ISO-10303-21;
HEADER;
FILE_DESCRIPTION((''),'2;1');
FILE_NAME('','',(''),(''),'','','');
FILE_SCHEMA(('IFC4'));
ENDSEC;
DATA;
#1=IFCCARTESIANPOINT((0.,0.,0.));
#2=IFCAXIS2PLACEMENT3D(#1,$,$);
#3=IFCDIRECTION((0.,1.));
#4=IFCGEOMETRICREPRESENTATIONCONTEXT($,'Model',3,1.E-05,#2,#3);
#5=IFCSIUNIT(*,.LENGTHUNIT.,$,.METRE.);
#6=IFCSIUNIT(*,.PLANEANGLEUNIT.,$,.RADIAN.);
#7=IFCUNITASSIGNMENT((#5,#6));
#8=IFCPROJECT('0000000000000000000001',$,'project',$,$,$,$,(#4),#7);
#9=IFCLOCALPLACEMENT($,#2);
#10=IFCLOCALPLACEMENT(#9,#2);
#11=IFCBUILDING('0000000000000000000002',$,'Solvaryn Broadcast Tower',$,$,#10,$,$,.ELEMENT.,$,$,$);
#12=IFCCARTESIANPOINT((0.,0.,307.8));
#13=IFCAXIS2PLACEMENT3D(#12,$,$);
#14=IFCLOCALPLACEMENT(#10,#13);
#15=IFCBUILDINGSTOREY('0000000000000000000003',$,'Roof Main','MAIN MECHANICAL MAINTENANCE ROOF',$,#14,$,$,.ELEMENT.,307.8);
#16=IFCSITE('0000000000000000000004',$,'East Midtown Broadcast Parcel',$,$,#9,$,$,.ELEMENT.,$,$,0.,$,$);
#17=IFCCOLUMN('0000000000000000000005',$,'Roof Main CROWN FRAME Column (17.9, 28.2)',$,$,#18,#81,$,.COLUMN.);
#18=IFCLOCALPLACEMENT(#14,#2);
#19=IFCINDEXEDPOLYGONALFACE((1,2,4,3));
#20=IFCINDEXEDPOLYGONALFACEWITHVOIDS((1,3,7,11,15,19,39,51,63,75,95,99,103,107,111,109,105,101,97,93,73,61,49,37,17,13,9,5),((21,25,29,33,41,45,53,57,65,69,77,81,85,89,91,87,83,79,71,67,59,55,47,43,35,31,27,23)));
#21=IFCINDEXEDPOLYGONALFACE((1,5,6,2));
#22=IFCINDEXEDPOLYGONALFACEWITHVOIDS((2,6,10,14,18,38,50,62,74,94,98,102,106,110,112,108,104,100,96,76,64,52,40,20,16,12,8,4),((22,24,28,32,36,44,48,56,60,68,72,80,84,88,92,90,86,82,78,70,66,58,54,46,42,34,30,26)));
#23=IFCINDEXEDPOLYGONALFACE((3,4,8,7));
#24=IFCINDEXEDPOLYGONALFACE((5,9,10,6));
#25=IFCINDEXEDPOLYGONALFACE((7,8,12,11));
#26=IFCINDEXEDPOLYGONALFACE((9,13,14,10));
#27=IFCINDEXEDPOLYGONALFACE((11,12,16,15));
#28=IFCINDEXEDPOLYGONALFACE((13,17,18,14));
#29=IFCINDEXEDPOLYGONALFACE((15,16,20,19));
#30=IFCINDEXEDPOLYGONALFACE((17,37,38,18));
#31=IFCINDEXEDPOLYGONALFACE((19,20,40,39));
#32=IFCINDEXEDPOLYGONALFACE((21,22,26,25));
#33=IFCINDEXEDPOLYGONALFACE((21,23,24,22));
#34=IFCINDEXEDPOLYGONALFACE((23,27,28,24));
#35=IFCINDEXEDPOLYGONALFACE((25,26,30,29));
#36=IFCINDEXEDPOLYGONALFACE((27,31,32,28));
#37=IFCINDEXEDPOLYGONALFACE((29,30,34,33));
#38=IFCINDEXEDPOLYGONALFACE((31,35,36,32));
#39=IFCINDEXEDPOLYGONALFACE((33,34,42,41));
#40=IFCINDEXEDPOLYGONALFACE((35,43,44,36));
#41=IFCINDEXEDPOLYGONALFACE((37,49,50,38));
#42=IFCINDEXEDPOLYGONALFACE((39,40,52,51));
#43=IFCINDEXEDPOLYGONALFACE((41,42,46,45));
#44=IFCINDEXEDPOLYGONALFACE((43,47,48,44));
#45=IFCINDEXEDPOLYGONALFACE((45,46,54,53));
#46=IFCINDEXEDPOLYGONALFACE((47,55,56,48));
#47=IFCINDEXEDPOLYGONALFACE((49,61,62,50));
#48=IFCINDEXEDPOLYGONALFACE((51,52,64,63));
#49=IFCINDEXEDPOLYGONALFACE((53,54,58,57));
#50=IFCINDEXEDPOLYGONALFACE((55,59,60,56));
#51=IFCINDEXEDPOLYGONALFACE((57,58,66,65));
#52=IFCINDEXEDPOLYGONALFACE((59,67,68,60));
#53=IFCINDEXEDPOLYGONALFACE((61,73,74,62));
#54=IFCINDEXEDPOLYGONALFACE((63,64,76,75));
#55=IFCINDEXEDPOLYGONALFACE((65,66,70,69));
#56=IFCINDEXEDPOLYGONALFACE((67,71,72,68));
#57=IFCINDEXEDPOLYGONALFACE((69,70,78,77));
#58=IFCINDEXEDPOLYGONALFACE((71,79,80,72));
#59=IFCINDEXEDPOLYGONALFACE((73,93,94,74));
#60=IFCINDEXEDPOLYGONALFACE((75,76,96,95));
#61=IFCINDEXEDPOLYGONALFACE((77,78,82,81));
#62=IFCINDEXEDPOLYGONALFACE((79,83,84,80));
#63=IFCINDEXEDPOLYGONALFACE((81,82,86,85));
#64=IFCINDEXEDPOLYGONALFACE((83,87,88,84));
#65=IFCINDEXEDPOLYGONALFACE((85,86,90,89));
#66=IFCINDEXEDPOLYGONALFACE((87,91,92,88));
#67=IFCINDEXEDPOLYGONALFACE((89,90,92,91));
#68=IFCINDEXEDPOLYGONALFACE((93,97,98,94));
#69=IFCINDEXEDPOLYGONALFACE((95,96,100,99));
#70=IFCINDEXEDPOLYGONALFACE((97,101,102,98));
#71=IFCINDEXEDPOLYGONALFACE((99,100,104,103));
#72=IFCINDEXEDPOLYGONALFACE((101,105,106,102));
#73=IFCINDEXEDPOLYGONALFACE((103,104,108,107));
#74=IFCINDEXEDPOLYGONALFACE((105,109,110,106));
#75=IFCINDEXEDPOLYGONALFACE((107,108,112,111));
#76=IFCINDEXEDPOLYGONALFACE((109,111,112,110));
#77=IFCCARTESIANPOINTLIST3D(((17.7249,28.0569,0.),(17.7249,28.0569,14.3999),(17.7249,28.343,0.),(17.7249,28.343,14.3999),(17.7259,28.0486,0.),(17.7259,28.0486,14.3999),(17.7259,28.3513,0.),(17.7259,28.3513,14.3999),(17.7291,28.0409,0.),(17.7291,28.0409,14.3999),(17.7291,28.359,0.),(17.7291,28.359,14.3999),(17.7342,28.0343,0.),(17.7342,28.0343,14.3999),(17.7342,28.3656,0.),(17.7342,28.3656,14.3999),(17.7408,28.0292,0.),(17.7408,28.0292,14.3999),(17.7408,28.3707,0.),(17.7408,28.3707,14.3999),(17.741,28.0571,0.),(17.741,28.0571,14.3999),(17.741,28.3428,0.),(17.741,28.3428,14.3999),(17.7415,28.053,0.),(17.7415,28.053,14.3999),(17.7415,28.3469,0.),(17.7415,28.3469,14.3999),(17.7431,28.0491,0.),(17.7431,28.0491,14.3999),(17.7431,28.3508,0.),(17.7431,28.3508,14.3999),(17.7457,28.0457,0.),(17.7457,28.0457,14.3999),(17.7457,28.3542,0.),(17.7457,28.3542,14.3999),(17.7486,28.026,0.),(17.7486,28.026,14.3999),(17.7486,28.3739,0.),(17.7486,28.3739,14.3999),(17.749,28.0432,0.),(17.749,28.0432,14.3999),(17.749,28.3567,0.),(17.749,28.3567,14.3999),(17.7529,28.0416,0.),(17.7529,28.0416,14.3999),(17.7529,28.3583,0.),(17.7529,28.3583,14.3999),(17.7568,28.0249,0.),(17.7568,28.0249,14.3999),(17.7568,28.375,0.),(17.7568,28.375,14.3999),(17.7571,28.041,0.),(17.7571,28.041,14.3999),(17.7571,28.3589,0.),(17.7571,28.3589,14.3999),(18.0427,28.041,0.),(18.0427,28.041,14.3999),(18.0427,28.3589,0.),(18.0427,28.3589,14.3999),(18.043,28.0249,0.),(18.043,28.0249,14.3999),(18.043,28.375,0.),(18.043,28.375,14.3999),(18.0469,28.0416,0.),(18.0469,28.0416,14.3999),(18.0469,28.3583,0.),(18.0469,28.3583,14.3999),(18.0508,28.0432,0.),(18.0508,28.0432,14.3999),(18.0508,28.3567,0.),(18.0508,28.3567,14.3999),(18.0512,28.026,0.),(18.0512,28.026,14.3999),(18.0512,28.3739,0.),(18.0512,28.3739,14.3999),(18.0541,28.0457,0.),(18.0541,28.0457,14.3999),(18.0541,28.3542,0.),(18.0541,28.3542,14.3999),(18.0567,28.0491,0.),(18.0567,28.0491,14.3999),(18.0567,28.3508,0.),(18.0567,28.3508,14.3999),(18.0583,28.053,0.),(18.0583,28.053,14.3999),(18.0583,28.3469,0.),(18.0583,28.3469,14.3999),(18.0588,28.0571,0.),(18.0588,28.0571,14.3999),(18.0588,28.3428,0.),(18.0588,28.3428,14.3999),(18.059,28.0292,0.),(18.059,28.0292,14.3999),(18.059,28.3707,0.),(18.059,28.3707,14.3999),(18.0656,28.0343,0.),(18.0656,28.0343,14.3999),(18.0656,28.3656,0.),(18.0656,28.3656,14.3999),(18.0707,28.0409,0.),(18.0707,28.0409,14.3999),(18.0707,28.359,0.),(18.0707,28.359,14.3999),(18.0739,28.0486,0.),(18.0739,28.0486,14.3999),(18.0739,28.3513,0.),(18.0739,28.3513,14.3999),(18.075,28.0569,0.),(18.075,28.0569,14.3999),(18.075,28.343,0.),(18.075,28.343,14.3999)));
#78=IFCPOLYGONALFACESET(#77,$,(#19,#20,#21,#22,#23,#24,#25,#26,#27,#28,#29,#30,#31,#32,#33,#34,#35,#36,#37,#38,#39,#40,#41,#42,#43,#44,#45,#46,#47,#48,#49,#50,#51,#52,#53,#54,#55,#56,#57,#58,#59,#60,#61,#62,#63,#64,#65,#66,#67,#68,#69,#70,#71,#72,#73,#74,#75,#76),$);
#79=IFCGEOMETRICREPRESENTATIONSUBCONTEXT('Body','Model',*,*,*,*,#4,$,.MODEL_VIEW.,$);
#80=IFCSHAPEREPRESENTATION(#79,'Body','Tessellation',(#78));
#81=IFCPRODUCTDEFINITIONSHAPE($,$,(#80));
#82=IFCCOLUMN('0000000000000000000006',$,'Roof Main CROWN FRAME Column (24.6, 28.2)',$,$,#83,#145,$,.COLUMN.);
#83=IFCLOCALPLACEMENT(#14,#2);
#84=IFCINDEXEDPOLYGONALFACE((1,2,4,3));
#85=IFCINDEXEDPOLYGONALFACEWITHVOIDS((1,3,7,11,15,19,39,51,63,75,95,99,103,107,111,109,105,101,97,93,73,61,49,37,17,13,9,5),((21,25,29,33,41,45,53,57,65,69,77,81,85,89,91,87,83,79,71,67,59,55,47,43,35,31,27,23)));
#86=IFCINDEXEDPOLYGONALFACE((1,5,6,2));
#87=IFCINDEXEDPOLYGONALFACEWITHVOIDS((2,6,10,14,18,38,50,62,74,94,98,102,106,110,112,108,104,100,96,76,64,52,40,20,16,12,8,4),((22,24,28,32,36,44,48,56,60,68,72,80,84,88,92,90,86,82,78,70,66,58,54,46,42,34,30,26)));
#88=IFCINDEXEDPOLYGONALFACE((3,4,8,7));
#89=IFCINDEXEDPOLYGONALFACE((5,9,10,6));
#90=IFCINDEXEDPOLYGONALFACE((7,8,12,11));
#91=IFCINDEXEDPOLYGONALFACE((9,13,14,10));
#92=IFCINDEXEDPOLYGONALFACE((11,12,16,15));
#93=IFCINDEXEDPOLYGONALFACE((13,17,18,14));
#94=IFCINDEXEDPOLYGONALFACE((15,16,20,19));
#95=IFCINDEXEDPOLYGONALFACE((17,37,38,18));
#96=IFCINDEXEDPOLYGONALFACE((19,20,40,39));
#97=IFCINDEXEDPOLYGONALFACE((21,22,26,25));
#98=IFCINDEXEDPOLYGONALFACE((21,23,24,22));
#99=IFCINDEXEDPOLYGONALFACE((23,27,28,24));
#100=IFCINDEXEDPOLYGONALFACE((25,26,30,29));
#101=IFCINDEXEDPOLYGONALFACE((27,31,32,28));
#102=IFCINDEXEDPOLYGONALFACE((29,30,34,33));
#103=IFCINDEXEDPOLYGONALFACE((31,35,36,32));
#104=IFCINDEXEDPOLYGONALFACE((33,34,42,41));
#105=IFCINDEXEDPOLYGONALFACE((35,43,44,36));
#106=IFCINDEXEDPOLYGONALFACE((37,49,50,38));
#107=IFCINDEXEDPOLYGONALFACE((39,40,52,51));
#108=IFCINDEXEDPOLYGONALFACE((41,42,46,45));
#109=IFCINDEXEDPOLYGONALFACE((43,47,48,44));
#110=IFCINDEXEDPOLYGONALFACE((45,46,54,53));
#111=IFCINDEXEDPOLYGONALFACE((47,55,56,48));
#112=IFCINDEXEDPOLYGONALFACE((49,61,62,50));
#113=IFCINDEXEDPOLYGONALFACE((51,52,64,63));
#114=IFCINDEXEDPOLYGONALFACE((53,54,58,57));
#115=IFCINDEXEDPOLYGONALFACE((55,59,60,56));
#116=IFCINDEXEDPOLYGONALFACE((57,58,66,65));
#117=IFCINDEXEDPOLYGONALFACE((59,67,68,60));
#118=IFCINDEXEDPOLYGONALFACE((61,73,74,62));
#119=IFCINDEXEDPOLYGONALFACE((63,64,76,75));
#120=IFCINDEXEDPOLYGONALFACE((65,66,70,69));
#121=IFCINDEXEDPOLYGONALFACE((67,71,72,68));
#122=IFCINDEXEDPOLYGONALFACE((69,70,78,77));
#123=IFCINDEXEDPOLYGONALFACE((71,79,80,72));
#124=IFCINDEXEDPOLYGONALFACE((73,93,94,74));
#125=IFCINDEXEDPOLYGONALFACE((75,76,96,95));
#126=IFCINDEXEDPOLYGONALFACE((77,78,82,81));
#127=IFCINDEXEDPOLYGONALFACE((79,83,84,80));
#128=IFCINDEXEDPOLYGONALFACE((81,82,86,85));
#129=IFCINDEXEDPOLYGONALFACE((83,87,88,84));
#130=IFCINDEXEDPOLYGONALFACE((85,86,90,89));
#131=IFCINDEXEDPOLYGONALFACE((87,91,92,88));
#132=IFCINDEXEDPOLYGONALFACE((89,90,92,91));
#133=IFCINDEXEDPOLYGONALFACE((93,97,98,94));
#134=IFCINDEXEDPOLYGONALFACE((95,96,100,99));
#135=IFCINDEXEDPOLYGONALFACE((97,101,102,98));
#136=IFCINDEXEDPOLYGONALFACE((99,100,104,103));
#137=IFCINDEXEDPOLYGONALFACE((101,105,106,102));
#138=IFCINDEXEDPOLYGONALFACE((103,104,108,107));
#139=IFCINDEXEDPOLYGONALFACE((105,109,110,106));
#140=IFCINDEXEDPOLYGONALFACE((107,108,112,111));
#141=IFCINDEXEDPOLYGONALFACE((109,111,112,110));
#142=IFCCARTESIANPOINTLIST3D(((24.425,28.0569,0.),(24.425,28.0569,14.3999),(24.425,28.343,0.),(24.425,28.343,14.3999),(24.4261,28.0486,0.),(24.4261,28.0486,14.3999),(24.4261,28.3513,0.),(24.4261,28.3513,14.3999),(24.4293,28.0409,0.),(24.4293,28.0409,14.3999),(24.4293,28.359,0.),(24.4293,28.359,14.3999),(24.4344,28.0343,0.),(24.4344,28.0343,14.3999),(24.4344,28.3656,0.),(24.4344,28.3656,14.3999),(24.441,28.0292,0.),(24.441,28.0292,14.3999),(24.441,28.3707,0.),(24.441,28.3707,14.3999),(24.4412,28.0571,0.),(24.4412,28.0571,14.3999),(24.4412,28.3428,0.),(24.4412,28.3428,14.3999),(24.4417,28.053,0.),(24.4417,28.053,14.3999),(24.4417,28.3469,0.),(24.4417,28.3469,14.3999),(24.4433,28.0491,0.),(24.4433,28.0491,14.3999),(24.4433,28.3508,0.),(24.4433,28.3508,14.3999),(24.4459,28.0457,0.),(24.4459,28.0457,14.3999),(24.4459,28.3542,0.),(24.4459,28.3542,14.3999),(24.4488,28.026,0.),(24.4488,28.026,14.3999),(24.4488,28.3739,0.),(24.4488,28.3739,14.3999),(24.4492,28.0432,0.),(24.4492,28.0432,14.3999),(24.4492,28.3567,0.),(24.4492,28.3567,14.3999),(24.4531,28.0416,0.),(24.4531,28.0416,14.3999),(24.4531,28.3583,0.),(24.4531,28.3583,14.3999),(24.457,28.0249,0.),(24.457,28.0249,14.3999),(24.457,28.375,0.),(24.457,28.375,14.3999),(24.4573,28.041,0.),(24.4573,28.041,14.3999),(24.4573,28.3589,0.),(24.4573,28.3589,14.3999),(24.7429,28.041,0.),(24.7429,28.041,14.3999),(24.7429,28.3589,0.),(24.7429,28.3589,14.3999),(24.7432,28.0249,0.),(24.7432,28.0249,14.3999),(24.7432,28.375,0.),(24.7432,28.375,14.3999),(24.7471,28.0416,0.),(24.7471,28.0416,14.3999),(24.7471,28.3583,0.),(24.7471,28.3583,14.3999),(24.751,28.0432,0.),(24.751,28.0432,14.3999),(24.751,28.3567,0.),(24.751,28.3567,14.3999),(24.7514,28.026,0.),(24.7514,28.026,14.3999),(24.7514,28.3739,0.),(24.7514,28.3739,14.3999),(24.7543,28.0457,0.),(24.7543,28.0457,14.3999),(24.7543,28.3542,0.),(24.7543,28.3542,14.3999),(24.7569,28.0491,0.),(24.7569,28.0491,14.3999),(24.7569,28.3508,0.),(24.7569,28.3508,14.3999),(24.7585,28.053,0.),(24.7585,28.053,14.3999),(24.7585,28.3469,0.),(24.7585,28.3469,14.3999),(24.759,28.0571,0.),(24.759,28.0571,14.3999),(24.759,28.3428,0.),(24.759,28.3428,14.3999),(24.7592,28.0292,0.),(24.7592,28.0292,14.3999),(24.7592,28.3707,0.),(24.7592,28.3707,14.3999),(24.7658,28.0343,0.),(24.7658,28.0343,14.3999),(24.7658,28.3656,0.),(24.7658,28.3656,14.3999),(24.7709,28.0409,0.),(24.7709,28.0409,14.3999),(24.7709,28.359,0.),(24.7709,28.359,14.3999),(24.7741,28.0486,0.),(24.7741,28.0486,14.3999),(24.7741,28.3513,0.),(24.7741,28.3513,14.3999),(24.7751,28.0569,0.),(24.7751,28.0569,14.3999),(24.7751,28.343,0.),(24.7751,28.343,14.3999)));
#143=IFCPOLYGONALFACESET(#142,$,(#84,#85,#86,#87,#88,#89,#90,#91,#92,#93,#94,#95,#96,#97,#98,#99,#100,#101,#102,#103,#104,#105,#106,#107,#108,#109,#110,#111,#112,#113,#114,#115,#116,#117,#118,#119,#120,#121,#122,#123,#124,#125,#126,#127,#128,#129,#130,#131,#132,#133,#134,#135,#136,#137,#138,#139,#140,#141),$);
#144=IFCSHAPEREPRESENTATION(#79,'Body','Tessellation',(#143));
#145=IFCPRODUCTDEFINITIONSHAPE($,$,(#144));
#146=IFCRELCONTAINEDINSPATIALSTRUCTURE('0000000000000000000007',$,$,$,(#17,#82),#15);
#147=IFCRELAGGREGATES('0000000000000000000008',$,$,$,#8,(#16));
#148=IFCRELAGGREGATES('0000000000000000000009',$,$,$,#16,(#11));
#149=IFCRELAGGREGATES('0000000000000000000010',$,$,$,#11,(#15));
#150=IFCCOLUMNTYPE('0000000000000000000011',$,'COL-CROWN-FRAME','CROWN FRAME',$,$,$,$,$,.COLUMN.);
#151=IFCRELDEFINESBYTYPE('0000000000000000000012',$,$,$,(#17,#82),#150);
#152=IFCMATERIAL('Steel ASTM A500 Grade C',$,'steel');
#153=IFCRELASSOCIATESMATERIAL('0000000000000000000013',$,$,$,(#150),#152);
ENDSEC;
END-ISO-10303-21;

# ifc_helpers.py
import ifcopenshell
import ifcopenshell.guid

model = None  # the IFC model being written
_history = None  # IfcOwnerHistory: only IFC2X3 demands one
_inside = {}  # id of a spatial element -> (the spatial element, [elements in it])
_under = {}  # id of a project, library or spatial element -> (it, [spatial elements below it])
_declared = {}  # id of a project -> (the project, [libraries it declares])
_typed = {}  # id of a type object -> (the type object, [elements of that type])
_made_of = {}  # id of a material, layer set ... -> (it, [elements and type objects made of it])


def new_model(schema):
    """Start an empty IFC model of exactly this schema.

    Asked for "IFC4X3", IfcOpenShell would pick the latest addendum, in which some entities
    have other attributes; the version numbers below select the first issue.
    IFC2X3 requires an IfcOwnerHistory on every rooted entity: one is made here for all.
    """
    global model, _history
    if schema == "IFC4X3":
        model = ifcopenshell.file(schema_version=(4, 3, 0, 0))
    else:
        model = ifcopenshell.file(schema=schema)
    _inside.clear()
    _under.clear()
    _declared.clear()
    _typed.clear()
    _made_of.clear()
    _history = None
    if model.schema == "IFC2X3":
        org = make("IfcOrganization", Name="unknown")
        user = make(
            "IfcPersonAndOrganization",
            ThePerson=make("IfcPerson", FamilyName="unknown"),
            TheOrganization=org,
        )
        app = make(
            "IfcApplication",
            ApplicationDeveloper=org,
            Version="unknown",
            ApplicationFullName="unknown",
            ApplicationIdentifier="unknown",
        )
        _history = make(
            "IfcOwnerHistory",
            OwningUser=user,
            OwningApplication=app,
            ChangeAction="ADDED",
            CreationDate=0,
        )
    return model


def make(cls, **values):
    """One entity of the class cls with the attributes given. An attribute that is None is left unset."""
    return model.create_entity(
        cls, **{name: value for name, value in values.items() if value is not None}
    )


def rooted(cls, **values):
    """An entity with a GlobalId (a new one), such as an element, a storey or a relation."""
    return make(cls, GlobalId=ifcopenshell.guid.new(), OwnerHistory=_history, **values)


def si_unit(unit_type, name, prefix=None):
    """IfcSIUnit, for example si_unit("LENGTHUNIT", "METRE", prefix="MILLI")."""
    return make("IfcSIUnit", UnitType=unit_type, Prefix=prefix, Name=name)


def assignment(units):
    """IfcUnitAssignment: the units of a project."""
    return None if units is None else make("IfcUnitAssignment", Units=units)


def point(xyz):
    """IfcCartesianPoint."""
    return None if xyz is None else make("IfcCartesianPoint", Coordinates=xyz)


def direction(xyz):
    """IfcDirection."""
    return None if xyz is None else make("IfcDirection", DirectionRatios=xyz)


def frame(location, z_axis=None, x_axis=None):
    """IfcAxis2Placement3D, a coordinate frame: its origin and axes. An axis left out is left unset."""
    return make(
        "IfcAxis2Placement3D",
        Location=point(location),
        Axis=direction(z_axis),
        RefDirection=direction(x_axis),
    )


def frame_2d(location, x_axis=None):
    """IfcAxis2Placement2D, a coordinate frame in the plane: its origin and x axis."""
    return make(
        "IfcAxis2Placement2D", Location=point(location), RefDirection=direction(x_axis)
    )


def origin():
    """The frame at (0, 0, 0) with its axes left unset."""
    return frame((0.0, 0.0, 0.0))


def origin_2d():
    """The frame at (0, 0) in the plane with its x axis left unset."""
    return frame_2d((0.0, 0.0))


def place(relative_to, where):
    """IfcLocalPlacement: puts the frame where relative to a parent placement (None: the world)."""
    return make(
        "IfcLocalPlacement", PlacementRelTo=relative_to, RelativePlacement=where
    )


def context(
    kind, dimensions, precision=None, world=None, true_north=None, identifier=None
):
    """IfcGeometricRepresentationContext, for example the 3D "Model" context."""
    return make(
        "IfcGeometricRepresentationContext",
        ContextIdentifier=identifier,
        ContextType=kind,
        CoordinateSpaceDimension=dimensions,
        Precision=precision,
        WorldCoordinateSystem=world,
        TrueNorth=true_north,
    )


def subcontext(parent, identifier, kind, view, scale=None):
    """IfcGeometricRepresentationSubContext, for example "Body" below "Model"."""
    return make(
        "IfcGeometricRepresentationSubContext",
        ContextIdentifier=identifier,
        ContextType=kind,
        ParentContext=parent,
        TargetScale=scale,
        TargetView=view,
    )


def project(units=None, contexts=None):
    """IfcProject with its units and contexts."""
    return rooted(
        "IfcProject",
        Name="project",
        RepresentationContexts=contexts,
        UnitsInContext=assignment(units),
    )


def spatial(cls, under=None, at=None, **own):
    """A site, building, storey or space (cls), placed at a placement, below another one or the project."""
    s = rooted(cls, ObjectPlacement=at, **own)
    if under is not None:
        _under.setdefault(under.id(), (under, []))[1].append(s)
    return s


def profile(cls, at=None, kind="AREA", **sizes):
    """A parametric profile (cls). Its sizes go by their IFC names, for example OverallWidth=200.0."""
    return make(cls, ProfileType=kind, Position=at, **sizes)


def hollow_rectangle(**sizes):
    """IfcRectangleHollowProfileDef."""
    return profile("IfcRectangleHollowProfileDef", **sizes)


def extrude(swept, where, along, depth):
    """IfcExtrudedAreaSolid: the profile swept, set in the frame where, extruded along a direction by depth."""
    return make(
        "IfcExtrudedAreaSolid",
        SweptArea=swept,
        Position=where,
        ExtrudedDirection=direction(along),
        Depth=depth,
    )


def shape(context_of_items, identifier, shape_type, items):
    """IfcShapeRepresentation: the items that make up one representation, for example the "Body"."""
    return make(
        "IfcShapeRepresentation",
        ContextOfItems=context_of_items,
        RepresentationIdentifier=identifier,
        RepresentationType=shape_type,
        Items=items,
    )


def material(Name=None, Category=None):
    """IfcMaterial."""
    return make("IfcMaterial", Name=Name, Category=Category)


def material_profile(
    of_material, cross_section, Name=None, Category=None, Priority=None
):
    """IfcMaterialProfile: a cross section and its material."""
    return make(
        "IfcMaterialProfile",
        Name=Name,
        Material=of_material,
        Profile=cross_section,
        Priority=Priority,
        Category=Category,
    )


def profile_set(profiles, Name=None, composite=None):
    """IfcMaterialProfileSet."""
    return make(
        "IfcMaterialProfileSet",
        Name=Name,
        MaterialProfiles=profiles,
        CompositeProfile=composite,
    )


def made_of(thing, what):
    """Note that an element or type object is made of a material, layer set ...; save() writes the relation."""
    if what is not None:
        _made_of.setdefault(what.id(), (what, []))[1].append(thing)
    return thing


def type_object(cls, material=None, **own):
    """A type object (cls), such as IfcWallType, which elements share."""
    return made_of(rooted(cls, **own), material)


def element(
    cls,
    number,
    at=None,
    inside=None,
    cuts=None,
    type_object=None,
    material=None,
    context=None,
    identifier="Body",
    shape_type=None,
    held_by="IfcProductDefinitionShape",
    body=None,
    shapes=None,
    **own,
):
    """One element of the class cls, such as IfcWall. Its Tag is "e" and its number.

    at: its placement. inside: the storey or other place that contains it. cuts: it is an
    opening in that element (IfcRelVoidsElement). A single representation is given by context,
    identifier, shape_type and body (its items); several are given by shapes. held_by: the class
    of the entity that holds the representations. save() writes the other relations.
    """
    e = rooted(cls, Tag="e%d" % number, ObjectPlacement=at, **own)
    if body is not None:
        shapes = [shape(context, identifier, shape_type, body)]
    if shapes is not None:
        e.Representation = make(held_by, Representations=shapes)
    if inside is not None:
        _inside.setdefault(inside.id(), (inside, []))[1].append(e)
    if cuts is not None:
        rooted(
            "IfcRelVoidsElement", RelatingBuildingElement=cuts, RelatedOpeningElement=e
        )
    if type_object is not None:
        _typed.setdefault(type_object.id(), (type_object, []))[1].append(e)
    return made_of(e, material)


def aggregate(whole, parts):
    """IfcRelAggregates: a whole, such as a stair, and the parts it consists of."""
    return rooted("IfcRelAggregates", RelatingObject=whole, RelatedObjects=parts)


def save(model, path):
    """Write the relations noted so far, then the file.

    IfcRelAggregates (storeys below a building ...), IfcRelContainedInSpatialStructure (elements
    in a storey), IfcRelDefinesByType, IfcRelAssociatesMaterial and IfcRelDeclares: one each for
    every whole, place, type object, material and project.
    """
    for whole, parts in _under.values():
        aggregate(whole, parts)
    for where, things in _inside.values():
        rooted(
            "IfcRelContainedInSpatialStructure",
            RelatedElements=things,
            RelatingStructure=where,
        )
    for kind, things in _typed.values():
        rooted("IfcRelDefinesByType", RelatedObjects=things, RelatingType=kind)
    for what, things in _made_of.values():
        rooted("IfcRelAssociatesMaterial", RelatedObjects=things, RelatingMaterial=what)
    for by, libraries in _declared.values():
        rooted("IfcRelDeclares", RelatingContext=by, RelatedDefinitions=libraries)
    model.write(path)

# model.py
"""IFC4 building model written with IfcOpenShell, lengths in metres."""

from ifc_helpers import new_model, si_unit, direction, frame, origin, origin_2d, place, context, subcontext, project, spatial, hollow_rectangle, extrude, material, material_profile, profile_set, type_object, element, save


model = new_model("IFC4")

# Units and contexts
model_context = context("Model", 3, precision=1e-05, world=origin(), true_north=direction((0.0, 1.0)))
body_context = subcontext(model_context, "Body", "Model", "MODEL_VIEW")
ifc_project = project(units=[si_unit("LENGTHUNIT", "METRE"), si_unit("PLANEANGLEUNIT", "RADIAN")], contexts=[model_context])

# Site, building, storey
site_placement = place(None, origin())
site = spatial("IfcSite", under=ifc_project, at=site_placement, Name="East Midtown Broadcast Parcel", CompositionType="ELEMENT", RefElevation=0.0)
building_placement = place(site_placement, origin())
building = spatial("IfcBuilding", under=site, at=building_placement, Name="Solvaryn Broadcast Tower", CompositionType="ELEMENT")
storey_placement = place(building_placement, frame((0.0, 0.0, 307.8)))
storey = spatial("IfcBuildingStorey", under=building, at=storey_placement, Name="Roof Main", Description="MAIN MECHANICAL MAINTENANCE ROOF", CompositionType="ELEMENT", Elevation=307.8)

# Columns
ifc_material_1 = material(Name="Steel ASTM A500 Grade C", Category="steel")
ifc_material_profile_1 = material_profile(ifc_material_1, hollow_rectangle(XDim=0.3501, YDim=0.3501, WallThickness=0.0161, InnerFilletRadius=0.0161, OuterFilletRadius=0.032, at=origin_2d()))
ifc_profile_set_1 = profile_set([ifc_material_profile_1], Name="Steel ASTM A500 Grade C")
column_type = type_object("IfcColumnType", Name="COL-CROWN-FRAME", Description="CROWN FRAME", PredefinedType="COLUMN", material=ifc_profile_set_1)
for number, where, z_axis, x_axis, name in (
    (1, (17.8999, 28.2, 0.0), (0.0, 0.0, 1.0), (1.0, 0.0, 0.0), "Roof Main CROWN FRAME Column (17.9, 28.2)"),
    (2, (24.6001, 28.2, 0.0), (0.0, 0.0, 1.0), (1.0, 0.0, 0.0), "Roof Main CROWN FRAME Column (24.6, 28.2)"),
):
    element("IfcColumn", number, at=place(storey_placement, frame(where, z_axis=z_axis, x_axis=x_axis)), inside=storey, type_object=column_type, Name=name, PredefinedType="COLUMN", context=body_context, shape_type="SweptSolid", body=[
        extrude(hollow_rectangle(XDim=0.3501, YDim=0.3501, WallThickness=0.0161, InnerFilletRadius=0.0161, OuterFilletRadius=0.032, at=origin_2d()), origin(), (0.0, 0.0, 1.0), 14.3999),
    ])

save(model, "model.ifc")
